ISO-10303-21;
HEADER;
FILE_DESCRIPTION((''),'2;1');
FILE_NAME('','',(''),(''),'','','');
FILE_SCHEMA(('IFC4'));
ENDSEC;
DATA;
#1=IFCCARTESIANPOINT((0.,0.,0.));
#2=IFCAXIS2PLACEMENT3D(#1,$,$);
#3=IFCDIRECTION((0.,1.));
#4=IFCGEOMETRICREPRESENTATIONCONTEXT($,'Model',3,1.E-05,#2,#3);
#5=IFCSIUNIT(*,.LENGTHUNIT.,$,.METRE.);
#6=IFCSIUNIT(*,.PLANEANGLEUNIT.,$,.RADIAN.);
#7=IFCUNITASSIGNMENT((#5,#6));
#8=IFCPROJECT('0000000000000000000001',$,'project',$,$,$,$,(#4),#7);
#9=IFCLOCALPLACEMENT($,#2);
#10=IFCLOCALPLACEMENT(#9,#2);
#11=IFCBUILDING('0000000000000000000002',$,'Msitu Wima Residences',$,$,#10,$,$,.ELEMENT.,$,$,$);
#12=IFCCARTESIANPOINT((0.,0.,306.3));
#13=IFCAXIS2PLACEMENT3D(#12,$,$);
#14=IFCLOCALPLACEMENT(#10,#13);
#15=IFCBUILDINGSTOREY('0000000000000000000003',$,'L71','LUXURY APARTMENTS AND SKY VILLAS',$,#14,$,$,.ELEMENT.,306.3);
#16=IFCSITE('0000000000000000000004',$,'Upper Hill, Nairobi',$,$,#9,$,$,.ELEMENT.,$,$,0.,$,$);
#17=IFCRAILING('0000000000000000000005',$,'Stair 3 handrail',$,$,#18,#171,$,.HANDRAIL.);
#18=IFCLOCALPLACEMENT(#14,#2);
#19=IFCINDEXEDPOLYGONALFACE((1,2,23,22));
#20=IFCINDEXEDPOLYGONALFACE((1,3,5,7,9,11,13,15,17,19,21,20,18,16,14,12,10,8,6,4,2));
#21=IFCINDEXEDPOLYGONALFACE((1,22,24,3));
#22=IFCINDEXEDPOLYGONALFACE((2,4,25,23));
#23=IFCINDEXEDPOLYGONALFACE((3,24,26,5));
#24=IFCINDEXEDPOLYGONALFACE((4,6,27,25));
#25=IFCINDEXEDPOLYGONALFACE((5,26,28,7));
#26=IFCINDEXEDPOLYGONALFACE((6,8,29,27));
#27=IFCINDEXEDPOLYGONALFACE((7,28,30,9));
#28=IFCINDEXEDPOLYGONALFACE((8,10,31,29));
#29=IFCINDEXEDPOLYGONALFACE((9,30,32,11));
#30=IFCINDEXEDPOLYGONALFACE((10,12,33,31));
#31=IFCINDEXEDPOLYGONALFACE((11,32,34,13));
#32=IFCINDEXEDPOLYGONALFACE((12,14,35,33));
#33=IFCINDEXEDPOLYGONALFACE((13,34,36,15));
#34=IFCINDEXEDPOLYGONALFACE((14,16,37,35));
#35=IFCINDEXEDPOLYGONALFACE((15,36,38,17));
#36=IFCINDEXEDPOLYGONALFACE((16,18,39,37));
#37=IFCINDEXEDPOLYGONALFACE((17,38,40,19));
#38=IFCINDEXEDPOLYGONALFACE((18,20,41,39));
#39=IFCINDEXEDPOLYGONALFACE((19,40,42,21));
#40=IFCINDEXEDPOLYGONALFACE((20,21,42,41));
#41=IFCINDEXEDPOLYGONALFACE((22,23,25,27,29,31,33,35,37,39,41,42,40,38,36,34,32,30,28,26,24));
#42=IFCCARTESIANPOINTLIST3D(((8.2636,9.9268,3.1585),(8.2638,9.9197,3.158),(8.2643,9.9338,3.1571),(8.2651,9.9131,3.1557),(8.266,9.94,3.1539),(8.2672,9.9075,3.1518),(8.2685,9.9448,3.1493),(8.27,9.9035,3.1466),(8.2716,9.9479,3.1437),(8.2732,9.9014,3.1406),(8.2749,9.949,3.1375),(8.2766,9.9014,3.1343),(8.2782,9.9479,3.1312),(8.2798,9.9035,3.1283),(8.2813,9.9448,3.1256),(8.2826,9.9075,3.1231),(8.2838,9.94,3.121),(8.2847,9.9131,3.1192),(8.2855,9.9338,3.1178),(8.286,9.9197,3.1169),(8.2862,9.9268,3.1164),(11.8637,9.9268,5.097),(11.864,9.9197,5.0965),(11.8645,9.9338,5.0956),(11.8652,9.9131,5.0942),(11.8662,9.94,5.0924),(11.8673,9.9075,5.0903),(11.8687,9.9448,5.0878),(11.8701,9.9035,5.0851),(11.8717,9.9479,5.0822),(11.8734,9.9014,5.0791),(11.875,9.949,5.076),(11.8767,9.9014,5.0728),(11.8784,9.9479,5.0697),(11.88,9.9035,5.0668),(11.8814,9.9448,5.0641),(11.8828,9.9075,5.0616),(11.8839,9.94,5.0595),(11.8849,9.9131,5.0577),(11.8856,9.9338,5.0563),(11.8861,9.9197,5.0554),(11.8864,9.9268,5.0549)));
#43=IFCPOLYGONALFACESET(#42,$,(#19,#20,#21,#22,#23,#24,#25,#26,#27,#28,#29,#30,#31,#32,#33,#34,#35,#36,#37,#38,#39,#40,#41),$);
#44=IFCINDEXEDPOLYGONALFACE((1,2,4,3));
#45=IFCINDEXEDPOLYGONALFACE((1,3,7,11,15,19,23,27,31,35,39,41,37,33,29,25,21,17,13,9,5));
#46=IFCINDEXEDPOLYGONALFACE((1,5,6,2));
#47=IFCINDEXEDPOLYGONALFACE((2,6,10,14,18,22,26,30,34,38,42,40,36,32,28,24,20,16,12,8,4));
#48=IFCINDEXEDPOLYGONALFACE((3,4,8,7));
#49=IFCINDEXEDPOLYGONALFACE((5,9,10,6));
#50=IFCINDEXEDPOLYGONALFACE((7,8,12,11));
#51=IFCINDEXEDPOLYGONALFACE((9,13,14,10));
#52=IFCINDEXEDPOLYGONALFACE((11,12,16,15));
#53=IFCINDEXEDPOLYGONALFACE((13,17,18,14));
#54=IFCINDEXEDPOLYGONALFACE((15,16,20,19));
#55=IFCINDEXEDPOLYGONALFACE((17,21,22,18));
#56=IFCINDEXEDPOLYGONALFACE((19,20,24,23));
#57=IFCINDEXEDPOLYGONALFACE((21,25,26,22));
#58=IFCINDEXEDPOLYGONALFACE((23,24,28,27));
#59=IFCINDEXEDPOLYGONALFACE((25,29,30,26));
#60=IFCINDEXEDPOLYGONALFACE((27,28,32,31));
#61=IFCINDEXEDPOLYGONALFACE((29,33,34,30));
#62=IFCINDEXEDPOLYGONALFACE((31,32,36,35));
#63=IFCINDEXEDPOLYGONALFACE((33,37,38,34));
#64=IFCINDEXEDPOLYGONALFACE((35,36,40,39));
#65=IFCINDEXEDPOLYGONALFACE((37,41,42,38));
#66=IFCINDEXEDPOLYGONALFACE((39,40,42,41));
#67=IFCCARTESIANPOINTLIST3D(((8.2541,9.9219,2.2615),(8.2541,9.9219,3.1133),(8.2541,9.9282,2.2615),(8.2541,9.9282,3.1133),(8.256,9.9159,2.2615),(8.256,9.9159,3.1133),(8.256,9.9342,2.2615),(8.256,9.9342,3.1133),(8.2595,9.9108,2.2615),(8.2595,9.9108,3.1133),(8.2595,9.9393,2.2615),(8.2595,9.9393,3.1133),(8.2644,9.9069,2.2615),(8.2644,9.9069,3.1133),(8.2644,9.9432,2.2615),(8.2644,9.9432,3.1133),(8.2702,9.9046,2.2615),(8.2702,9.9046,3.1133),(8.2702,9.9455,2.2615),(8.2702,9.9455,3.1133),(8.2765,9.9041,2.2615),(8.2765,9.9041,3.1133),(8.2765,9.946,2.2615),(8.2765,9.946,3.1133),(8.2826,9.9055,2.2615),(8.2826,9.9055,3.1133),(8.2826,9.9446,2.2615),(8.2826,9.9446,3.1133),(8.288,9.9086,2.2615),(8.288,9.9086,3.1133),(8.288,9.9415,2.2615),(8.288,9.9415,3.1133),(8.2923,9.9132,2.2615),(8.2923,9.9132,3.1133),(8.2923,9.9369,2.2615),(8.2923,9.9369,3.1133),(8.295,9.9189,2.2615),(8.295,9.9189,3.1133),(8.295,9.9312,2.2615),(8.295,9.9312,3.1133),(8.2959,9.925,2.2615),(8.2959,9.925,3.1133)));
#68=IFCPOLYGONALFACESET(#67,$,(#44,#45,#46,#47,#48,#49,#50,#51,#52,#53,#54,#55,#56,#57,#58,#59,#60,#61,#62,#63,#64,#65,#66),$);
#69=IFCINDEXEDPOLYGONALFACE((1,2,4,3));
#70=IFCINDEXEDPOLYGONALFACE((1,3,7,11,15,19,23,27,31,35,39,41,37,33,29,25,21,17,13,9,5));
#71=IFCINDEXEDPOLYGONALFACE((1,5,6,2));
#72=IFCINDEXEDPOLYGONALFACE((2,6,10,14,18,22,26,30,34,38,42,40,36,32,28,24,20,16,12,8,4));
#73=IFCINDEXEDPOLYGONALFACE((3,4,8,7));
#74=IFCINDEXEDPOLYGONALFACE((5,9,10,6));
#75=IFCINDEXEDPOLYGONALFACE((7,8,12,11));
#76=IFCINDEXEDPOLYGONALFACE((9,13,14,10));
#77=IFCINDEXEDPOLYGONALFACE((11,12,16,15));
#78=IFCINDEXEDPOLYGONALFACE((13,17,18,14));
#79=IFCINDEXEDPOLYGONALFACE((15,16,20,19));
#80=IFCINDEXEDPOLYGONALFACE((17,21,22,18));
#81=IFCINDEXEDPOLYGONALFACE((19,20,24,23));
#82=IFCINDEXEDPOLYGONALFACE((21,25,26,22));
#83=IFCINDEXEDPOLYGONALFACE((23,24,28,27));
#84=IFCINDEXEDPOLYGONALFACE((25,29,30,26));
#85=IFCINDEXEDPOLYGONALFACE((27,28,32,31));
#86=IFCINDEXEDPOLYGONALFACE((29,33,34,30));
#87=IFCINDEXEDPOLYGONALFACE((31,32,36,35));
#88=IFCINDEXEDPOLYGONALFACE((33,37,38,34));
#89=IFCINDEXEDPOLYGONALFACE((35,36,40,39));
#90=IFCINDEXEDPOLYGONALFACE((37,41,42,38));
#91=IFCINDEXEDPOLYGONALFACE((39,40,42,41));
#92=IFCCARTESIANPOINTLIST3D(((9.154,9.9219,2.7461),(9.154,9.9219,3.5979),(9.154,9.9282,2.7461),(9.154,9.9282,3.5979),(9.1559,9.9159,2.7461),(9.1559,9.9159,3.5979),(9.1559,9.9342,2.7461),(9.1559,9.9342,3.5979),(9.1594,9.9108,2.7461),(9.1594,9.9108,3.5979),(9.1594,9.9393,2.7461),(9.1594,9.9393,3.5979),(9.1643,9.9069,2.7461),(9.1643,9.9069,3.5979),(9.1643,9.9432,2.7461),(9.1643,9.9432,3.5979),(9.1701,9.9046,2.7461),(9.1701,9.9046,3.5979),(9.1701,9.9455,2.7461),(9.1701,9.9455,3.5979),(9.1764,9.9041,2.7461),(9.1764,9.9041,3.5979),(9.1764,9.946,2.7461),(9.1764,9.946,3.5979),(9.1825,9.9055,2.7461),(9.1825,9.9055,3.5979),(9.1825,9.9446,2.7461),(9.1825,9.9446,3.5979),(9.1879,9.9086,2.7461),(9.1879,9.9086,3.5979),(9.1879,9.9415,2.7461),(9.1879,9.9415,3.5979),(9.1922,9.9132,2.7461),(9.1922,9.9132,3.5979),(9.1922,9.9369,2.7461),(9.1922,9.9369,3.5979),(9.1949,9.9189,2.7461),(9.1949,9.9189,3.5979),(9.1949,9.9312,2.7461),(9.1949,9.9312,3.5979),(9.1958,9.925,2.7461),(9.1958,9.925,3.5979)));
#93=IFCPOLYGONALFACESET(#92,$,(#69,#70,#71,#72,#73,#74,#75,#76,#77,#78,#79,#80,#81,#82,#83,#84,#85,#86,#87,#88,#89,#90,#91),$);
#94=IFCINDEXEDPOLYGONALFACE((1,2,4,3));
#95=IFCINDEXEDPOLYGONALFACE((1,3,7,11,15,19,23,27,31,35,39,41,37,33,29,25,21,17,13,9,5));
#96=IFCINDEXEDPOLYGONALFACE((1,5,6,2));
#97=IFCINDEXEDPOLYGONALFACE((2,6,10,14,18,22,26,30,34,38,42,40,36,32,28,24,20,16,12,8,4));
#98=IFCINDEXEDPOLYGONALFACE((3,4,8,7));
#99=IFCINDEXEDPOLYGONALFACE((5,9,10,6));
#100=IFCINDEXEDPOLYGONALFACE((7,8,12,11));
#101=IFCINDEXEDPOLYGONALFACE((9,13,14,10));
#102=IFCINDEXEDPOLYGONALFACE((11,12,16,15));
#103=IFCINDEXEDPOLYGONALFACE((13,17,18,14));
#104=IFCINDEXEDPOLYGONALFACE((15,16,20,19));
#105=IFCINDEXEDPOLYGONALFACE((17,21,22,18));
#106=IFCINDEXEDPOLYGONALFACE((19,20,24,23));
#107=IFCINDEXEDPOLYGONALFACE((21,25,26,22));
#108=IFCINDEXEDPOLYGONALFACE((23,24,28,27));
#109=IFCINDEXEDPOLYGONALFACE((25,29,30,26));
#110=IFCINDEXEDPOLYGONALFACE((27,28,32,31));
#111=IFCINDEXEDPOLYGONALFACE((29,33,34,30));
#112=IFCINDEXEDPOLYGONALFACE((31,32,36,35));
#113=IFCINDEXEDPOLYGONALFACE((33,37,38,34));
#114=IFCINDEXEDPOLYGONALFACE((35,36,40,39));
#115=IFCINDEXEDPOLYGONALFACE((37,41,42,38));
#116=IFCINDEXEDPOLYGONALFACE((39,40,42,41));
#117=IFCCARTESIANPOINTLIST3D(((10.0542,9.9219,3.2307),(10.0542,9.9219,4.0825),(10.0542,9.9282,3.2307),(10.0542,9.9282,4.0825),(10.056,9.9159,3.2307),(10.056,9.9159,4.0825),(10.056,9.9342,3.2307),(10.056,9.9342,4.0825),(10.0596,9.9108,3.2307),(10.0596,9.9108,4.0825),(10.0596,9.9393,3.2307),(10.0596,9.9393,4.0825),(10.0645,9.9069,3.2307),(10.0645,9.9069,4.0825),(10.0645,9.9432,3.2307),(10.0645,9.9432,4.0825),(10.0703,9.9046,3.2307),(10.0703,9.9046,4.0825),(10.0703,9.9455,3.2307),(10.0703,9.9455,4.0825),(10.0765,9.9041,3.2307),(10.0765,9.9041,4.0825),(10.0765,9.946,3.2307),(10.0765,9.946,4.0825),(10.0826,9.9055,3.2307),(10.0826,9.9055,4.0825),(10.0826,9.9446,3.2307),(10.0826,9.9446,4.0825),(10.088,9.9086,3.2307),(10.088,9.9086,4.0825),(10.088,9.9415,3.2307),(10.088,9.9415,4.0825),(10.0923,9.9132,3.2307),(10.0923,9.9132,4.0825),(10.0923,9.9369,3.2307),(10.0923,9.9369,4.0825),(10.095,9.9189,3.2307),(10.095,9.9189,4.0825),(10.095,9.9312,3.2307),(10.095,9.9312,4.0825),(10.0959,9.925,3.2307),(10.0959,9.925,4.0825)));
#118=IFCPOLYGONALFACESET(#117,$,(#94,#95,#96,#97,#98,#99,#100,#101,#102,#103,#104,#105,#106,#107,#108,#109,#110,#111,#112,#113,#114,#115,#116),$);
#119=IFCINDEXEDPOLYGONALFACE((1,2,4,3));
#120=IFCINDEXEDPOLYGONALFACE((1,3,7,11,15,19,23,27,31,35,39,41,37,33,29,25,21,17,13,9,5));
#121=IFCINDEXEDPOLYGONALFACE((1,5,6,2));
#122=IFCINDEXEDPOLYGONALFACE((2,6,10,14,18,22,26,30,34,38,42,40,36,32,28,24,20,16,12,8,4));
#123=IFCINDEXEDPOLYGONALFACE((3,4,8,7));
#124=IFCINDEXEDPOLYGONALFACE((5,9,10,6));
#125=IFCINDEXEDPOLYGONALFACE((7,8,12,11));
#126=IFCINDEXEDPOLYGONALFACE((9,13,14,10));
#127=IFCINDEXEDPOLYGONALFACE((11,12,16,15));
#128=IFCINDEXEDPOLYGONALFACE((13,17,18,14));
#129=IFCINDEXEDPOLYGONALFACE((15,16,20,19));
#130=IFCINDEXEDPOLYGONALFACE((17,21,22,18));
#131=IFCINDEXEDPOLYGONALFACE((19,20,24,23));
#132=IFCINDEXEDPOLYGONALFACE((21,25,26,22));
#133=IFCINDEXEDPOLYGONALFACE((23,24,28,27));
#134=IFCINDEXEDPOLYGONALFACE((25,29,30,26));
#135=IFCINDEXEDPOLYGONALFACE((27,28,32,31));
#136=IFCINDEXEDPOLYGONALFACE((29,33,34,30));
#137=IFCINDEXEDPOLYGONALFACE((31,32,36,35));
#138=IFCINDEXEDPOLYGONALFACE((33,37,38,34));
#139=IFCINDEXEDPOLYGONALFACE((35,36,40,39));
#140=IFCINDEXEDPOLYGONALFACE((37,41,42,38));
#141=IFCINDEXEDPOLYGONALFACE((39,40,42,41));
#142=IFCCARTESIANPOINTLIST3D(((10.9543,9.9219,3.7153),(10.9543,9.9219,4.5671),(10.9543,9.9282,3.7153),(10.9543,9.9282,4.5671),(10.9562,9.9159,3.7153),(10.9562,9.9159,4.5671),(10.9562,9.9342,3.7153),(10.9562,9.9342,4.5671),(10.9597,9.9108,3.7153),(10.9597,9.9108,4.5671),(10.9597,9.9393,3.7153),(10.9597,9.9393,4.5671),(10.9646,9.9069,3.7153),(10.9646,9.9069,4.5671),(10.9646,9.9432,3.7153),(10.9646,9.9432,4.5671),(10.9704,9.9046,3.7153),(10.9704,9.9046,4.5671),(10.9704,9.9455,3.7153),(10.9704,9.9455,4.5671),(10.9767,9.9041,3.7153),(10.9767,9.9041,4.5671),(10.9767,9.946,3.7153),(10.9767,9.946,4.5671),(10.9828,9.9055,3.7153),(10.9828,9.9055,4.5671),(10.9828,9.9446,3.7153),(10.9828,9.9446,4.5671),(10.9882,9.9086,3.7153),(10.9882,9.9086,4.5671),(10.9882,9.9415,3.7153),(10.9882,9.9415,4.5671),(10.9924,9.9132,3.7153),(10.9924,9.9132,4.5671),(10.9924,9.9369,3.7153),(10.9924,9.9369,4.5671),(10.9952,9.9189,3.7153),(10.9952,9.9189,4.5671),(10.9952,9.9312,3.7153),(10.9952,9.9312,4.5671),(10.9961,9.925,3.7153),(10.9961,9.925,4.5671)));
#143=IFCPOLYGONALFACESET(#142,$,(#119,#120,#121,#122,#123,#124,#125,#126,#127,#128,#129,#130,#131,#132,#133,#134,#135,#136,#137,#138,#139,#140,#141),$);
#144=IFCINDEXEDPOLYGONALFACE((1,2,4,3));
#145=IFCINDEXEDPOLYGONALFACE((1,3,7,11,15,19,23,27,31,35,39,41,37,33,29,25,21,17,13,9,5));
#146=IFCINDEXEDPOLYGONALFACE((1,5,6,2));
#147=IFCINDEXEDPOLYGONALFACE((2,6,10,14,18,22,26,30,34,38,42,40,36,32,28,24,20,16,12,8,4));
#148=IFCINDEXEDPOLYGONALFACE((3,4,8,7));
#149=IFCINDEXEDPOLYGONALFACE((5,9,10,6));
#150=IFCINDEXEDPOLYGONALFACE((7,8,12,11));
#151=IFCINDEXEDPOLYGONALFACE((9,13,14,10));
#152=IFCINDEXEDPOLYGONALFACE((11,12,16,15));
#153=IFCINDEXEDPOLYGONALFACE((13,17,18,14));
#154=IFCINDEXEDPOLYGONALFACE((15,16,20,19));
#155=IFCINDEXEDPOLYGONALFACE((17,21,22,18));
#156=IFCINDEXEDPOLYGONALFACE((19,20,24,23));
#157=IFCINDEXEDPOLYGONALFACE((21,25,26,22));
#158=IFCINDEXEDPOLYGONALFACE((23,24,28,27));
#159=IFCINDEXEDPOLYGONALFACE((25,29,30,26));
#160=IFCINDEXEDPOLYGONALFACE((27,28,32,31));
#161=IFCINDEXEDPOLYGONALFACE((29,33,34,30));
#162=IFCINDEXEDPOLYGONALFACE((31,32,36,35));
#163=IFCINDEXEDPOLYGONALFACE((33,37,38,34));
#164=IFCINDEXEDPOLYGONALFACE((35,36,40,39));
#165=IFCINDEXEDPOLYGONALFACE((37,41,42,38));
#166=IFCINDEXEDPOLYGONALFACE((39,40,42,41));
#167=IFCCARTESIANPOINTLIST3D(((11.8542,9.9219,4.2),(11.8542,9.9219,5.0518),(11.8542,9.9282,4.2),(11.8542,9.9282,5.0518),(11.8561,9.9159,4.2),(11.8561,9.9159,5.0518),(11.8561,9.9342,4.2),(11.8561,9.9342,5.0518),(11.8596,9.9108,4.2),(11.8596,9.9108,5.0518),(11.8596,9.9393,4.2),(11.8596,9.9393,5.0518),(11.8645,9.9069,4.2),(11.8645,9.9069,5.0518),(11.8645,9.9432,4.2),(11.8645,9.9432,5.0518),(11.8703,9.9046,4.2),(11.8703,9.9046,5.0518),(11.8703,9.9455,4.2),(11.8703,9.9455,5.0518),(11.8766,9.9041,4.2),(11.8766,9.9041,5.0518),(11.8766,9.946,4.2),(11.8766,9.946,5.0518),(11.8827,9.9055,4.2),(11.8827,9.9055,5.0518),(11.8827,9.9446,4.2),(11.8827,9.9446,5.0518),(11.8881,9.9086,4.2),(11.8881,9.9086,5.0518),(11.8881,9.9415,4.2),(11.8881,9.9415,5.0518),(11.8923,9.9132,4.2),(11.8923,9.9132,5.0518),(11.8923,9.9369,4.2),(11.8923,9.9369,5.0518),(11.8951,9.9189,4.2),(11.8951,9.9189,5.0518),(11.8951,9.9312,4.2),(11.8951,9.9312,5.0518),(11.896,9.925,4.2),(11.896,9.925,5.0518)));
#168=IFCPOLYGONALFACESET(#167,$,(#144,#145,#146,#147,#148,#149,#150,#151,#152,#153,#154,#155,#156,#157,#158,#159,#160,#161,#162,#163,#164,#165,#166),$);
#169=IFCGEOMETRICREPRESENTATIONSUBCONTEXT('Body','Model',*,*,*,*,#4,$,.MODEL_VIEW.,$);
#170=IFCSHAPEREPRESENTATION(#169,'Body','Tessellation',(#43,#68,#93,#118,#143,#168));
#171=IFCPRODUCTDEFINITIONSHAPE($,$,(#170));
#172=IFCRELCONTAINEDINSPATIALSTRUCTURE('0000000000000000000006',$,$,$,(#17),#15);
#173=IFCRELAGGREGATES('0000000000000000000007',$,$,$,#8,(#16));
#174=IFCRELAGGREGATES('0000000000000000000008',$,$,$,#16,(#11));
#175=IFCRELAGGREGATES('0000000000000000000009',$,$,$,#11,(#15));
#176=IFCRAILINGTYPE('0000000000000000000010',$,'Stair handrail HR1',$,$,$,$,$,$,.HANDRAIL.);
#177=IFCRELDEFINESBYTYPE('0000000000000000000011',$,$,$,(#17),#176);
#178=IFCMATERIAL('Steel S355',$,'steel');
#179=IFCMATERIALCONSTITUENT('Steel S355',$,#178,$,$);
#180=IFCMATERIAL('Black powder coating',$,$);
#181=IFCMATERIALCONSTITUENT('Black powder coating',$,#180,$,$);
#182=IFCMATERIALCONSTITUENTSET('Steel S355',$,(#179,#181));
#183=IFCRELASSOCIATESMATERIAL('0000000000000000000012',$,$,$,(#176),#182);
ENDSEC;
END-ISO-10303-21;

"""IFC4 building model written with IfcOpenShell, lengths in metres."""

from ifc_helpers import new_model, si_unit, direction, frame, origin, origin_2d, place, context, subcontext, project, spatial, circle, extrude, material, constituent, constituent_set, type_object, element, save


model = new_model("IFC4")

# Units and contexts
model_context = context("Model", 3, precision=1e-05, world=origin(), true_north=direction((0.0, 1.0)))
body_context = subcontext(model_context, "Body", "Model", "MODEL_VIEW")
ifc_project = project(units=[si_unit("LENGTHUNIT", "METRE"), si_unit("PLANEANGLEUNIT", "RADIAN")], contexts=[model_context])

# Site, building, storey
site_placement = place(None, origin())
site = spatial("IfcSite", under=ifc_project, at=site_placement, Name="Upper Hill, Nairobi", CompositionType="ELEMENT", RefElevation=0.0)
building_placement = place(site_placement, origin())
building = spatial("IfcBuilding", under=site, at=building_placement, Name="Msitu Wima Residences", CompositionType="ELEMENT")
storey_placement = place(building_placement, frame((0.0, 0.0, 306.3)))
storey = spatial("IfcBuildingStorey", under=building, at=storey_placement, Name="L71", Description="LUXURY APARTMENTS AND SKY VILLAS", CompositionType="ELEMENT", Elevation=306.3)

# Railing
ifc_material_1 = material(Name="Steel S355", Category="steel")
ifc_constituent_1 = constituent(ifc_material_1, Name="Steel S355")
ifc_material_2 = material(Name="Black powder coating")
ifc_constituent_2 = constituent(ifc_material_2, Name="Black powder coating")
ifc_constituent_set = constituent_set(constituents=[ifc_constituent_1, ifc_constituent_2], Name="Steel S355")
railing_type = type_object("IfcRailingType", Name="Stair handrail HR1", PredefinedType="HANDRAIL", material=ifc_constituent_set)
for number, where, name in (
    (1, (8.2749, 9.925, 2.2615), "Stair 3 handrail"),
):
    element("IfcRailing", number, at=place(storey_placement, frame(where)), inside=storey, type_object=railing_type, Name=name, PredefinedType="HANDRAIL", context=body_context, shape_type="SweptSolid", body=[
        extrude(circle(Radius=0.0239, at=origin_2d()), frame((0.0, 0.0, 0.876), z_axis=(0.880475, 0.0, 0.474093), x_axis=(0.0, 1.0, 0.0)), (0.0, 0.0, 1.0), 4.0889),
        extrude(circle(Radius=0.021, at=origin_2d()), origin(), (0.0, 0.0, 1.0), 0.8518),
        extrude(circle(Radius=0.021, at=origin_2d()), frame((0.8999, 0.0, 0.4846)), (0.0, 0.0, 1.0), 0.8518),
        extrude(circle(Radius=0.021, at=origin_2d()), frame((1.8, 0.0, 0.9692)), (0.0, 0.0, 1.0), 0.8518),
        extrude(circle(Radius=0.021, at=origin_2d()), frame((2.7002, 0.0, 1.4539)), (0.0, 0.0, 1.0), 0.8518),
        extrude(circle(Radius=0.021, at=origin_2d()), frame((3.6001, 0.0, 1.9385)), (0.0, 0.0, 1.0), 0.8518),
    ])

save(model, "model.ifc")
